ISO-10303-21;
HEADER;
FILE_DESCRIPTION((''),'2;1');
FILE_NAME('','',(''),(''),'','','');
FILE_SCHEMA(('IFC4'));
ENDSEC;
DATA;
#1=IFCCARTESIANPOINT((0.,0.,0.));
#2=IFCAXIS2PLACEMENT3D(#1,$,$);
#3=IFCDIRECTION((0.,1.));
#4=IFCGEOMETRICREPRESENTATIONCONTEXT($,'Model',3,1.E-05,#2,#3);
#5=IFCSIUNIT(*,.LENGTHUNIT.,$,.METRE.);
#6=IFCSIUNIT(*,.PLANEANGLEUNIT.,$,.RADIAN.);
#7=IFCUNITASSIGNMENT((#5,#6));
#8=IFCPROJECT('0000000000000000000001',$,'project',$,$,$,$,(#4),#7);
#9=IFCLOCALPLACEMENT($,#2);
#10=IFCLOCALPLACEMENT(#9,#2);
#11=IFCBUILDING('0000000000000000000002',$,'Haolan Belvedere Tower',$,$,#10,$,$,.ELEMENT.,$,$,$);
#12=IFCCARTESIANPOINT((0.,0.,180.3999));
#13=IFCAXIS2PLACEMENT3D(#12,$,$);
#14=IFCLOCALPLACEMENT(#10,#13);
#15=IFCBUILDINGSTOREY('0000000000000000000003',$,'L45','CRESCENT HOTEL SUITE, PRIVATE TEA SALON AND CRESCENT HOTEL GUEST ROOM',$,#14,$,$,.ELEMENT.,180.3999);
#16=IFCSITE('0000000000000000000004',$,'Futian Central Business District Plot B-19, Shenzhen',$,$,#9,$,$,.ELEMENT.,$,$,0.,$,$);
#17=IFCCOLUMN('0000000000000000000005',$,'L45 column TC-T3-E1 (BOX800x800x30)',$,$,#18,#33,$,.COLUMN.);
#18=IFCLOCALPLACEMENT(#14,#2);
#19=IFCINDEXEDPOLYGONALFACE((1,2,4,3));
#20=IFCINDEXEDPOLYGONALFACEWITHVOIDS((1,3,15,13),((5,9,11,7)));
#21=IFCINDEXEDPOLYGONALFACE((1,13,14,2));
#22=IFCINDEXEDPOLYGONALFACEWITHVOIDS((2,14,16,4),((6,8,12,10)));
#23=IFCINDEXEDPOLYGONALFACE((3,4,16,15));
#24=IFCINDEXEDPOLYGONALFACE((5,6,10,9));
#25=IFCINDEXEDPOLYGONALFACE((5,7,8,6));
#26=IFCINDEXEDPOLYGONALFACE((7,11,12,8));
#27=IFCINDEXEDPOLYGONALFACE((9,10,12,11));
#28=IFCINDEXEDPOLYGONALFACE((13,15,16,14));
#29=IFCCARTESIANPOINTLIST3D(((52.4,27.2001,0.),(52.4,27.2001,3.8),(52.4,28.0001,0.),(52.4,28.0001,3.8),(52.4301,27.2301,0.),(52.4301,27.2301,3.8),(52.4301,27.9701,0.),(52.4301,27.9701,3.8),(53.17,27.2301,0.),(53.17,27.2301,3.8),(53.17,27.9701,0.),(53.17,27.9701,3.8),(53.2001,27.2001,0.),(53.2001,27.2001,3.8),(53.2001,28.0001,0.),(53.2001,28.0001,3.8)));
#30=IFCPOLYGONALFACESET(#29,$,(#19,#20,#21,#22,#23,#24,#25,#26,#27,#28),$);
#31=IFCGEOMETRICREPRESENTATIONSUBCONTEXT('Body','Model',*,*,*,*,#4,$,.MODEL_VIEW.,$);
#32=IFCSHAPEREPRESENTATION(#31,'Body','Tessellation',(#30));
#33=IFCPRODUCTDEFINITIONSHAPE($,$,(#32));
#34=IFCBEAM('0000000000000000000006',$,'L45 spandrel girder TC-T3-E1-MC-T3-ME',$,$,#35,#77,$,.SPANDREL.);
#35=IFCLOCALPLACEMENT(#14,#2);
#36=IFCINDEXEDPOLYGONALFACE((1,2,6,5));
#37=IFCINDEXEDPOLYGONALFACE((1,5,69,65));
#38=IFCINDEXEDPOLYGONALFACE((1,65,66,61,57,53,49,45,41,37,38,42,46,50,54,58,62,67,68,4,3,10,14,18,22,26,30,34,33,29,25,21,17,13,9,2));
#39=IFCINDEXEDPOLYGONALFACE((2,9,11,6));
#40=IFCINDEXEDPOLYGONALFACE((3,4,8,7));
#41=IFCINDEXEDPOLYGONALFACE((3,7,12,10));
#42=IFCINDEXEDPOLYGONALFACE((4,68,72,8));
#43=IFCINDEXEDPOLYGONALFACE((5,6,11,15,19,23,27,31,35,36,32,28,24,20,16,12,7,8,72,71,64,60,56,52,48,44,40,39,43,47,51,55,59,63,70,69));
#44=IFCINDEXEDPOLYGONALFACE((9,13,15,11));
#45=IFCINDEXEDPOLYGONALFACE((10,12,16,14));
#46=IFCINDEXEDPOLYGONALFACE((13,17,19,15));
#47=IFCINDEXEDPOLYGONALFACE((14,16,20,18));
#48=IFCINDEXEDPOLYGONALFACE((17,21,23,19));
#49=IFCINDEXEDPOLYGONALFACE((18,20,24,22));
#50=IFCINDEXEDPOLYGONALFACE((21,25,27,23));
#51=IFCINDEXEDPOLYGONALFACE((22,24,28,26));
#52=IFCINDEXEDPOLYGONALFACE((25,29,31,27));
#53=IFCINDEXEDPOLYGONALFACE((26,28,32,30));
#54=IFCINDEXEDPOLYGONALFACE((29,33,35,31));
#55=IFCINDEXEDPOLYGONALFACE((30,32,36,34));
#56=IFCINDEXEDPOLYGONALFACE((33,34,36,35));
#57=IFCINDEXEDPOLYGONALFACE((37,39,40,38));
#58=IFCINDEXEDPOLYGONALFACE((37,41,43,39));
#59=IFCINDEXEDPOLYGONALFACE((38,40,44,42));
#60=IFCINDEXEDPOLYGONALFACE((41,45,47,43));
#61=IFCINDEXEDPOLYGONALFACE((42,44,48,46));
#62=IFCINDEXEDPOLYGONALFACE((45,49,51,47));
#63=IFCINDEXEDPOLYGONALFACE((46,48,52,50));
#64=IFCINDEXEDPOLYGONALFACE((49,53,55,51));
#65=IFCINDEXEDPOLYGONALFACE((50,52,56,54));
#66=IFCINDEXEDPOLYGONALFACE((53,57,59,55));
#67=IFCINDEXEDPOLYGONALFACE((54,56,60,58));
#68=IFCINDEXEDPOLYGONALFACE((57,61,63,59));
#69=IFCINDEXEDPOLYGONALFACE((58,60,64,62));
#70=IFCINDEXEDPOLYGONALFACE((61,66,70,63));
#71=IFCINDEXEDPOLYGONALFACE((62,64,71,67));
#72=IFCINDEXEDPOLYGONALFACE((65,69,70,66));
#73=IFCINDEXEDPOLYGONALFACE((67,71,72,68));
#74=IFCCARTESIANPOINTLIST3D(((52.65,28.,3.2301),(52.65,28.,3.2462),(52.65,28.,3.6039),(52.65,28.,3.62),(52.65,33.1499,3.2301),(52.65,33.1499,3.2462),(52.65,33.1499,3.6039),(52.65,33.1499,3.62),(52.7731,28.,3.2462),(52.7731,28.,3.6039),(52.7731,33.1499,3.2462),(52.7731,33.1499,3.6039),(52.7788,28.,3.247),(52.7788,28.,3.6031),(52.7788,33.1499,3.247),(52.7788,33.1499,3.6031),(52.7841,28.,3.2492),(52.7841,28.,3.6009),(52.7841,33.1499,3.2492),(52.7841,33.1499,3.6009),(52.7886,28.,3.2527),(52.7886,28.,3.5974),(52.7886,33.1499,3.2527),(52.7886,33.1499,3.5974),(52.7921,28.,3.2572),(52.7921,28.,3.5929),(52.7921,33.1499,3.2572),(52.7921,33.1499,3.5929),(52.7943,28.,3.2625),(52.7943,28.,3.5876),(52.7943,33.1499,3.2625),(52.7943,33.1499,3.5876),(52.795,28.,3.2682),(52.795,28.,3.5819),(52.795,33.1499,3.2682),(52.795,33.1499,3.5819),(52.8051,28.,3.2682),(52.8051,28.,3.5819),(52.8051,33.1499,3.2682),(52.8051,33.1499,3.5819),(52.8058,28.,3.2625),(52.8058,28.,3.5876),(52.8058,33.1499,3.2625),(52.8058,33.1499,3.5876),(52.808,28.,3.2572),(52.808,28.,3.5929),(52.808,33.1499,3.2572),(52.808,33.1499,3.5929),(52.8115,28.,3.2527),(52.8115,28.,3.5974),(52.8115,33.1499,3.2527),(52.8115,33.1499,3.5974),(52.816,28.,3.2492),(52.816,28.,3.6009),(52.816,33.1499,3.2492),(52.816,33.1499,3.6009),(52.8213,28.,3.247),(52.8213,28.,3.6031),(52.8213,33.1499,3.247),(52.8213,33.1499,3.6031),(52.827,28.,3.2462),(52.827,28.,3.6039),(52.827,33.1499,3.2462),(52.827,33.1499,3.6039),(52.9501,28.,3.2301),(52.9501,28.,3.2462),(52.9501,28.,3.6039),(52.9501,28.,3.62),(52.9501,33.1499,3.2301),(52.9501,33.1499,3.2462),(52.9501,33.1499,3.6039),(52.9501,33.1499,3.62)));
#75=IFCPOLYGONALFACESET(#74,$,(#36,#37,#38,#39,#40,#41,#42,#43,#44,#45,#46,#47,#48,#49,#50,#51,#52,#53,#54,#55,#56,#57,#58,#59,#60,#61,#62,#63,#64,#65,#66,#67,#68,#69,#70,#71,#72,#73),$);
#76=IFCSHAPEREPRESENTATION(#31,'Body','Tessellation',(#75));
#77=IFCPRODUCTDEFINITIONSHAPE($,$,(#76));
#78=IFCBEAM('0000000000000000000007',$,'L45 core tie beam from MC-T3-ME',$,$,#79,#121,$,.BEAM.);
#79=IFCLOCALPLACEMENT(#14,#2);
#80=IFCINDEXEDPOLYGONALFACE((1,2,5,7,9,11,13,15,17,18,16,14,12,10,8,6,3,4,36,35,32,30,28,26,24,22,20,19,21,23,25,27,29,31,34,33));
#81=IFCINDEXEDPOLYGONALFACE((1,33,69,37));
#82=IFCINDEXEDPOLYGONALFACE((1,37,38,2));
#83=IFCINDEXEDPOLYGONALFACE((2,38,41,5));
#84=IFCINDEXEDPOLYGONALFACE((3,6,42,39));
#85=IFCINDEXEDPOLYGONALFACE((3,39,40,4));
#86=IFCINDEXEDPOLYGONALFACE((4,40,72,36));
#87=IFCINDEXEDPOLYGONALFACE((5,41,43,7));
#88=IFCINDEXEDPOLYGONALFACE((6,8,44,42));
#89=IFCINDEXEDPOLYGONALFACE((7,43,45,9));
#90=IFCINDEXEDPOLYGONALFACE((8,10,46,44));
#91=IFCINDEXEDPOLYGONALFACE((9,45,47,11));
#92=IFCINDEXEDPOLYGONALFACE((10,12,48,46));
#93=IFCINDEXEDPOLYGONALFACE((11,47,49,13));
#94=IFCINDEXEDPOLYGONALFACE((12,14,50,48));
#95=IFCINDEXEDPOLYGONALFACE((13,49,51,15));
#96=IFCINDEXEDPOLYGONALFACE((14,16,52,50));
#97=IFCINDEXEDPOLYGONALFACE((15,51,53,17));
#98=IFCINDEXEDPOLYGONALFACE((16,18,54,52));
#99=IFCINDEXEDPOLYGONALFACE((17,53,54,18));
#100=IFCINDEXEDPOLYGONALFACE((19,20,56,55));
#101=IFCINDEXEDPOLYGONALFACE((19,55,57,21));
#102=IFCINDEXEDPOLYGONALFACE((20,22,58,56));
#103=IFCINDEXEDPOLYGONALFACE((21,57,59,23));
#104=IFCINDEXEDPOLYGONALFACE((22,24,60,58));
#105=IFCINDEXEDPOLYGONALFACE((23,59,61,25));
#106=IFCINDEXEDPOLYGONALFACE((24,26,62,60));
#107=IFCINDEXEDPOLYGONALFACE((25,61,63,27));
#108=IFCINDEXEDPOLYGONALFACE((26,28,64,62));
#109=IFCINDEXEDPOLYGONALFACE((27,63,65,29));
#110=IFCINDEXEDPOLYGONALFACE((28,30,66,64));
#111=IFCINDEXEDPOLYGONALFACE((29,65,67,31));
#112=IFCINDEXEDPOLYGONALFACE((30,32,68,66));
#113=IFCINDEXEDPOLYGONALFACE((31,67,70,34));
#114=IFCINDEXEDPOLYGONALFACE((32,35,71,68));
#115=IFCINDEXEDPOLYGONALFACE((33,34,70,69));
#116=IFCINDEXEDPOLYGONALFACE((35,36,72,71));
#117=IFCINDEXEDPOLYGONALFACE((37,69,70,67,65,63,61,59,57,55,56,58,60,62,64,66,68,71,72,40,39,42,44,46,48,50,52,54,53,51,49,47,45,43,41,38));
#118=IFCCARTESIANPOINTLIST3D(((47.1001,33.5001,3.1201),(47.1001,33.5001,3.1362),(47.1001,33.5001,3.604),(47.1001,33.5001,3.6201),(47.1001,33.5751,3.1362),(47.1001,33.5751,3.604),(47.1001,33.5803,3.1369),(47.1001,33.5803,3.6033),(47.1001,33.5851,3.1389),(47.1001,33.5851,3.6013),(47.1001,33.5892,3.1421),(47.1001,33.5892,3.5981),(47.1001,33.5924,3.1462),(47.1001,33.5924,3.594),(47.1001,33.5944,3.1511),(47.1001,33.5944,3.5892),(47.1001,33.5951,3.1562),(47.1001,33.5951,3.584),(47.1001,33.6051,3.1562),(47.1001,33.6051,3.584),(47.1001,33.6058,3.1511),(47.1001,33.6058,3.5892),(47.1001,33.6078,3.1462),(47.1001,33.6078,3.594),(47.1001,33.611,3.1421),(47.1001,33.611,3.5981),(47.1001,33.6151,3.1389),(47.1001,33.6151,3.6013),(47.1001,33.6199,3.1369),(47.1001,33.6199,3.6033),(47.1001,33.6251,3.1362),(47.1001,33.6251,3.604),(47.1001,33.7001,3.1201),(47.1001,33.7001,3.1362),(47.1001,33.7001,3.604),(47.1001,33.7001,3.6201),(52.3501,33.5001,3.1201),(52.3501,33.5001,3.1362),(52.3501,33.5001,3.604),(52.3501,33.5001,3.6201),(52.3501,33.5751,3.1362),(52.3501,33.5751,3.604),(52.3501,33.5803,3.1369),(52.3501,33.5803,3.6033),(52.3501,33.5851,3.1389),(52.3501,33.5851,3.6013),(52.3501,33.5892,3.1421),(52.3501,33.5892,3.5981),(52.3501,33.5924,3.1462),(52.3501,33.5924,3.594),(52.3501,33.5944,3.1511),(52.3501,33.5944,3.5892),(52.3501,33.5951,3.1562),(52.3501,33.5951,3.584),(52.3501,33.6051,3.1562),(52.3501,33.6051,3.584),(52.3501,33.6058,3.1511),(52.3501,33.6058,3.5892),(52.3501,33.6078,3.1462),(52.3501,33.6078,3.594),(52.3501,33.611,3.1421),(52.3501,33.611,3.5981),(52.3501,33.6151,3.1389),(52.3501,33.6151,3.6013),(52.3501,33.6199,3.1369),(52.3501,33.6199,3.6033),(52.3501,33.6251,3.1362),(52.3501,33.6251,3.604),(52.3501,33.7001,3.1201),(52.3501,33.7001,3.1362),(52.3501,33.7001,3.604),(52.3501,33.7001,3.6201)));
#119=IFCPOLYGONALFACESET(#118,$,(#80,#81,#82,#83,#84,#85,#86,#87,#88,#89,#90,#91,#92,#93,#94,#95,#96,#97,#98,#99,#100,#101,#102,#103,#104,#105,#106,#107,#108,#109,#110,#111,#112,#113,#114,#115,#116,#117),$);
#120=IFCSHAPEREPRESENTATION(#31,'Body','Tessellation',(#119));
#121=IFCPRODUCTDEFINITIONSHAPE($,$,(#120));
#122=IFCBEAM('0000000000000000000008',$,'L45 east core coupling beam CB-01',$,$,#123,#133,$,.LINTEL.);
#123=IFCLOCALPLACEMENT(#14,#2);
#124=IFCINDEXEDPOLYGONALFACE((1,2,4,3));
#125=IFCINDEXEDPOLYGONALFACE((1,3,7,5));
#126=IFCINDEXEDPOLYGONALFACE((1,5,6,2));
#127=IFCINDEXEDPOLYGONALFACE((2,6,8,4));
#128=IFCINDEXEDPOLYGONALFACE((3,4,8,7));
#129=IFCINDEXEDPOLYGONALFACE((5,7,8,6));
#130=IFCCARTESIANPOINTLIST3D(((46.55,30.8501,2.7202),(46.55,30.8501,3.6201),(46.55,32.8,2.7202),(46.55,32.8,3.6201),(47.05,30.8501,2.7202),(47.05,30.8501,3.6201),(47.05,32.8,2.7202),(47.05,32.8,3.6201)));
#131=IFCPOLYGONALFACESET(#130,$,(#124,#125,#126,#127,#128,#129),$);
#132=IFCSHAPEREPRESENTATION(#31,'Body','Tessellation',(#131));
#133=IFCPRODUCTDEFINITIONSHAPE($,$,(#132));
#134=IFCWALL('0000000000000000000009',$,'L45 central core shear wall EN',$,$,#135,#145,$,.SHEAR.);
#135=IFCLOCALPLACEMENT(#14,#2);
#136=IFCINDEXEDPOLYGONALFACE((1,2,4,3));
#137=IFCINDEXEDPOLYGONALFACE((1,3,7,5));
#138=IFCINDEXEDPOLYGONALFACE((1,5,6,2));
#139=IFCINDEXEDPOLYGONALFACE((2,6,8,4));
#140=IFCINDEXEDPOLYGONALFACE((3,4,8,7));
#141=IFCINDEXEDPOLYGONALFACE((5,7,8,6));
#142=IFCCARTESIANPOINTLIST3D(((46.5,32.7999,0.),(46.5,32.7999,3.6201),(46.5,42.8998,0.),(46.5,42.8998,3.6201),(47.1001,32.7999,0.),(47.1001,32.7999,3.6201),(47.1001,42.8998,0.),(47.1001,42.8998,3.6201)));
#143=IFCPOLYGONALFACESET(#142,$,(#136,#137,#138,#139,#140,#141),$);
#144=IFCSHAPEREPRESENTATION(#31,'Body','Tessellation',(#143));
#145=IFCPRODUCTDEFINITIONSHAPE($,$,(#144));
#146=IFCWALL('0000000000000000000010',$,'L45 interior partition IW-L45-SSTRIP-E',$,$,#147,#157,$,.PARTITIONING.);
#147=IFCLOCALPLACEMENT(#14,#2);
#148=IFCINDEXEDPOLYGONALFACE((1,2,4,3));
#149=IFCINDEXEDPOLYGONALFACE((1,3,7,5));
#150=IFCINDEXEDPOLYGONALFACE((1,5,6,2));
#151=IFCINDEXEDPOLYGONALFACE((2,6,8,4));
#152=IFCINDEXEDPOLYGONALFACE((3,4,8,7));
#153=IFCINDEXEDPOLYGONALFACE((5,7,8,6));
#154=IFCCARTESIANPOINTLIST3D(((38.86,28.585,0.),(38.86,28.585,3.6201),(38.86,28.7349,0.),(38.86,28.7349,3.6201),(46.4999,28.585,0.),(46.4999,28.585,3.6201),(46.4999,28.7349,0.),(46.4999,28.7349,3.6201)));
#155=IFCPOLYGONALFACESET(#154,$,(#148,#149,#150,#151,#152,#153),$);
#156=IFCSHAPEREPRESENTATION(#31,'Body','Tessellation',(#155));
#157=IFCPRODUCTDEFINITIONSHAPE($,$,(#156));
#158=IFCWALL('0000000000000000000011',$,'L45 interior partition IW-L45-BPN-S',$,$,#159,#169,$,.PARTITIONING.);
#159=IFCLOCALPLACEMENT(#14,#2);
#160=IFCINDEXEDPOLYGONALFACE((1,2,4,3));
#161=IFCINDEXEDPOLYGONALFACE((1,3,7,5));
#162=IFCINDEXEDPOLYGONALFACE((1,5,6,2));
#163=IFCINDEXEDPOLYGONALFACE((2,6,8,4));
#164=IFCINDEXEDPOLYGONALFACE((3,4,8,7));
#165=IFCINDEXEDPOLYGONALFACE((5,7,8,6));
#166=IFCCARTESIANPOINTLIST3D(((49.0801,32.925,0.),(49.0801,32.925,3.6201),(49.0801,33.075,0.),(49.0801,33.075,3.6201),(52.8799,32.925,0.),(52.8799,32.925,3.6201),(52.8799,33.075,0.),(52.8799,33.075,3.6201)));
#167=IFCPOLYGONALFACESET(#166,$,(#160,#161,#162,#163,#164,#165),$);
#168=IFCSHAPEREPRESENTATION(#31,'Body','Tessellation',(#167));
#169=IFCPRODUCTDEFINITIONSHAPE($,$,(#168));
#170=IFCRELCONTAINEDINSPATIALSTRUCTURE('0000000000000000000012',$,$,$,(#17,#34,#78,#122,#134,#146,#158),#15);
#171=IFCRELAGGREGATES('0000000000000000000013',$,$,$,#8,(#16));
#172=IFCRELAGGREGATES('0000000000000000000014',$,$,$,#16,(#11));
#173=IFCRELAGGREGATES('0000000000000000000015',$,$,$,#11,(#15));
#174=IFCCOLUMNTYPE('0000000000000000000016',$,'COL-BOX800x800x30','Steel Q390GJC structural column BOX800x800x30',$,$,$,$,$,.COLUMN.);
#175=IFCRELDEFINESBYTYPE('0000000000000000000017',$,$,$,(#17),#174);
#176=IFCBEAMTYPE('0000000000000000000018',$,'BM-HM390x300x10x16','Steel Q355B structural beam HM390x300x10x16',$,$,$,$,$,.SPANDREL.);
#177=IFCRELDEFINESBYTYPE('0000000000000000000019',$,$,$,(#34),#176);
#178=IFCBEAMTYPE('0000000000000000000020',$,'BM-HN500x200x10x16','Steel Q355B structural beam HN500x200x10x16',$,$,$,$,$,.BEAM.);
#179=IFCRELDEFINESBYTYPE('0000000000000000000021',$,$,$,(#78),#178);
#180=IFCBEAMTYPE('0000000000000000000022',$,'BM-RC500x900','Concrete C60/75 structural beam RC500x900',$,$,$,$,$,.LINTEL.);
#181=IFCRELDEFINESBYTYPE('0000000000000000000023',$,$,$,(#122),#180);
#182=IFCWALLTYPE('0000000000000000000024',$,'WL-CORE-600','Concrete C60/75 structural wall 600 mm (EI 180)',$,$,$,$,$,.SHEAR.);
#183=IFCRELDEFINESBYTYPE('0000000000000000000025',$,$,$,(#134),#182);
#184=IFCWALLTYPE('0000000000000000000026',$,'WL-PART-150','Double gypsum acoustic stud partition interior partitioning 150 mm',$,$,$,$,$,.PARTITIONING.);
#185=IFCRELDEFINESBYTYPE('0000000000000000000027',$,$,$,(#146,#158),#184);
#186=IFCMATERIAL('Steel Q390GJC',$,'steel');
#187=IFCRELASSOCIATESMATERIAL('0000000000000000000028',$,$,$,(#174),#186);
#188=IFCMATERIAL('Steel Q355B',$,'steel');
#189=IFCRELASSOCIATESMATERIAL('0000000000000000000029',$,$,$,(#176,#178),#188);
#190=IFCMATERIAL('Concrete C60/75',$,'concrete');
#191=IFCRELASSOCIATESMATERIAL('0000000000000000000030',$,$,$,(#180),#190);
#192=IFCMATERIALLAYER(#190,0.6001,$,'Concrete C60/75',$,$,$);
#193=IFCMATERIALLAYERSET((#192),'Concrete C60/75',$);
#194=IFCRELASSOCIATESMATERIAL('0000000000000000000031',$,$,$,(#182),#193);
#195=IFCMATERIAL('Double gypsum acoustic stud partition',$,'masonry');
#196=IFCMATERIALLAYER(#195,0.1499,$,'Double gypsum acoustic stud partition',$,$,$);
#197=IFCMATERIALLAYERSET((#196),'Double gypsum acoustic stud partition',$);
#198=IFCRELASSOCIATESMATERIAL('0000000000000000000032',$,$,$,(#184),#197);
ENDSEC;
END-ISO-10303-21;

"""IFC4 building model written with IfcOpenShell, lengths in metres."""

from ifc_helpers import new_model, si_unit, direction, frame, frame_2d, origin, origin_2d, place, context, subcontext, project, spatial, rectangle, hollow_rectangle, i_section, extrude, material, layer, layer_set, material_profile, profile_set, type_object, element, save


model = new_model("IFC4")

# Units and contexts
model_context = context("Model", 3, precision=1e-05, world=origin(), true_north=direction((0.0, 1.0)))
body_context = subcontext(model_context, "Body", "Model", "MODEL_VIEW")
ifc_project = project(units=[si_unit("LENGTHUNIT", "METRE"), si_unit("PLANEANGLEUNIT", "RADIAN")], contexts=[model_context])

# Site, building, storey
site_placement = place(None, origin())
site = spatial("IfcSite", under=ifc_project, at=site_placement, Name="Futian Central Business District Plot B-19, Shenzhen", CompositionType="ELEMENT", RefElevation=0.0)
building_placement = place(site_placement, origin())
building = spatial("IfcBuilding", under=site, at=building_placement, Name="Haolan Belvedere Tower", CompositionType="ELEMENT")
storey_placement = place(building_placement, frame((0.0, 0.0, 180.3999)))
storey = spatial("IfcBuildingStorey", under=building, at=storey_placement, Name="L45", Description="CRESCENT HOTEL SUITE, PRIVATE TEA SALON AND CRESCENT HOTEL GUEST ROOM", CompositionType="ELEMENT", Elevation=180.3999)

# Column
ifc_material_1 = material(Name="Steel Q390GJC", Category="steel")
ifc_material_profile_1 = material_profile(ifc_material_1, hollow_rectangle(XDim=0.8, YDim=0.8, WallThickness=0.03, at=origin_2d()), Name="Steel Q390GJC")
ifc_profile_set_1 = profile_set([ifc_material_profile_1], Name="Steel Q390GJC")
column_type = type_object("IfcColumnType", Name="COL-BOX800x800x30", Description="Steel Q390GJC structural column BOX800x800x30", PredefinedType="COLUMN", material=ifc_profile_set_1)
column_placement = place(storey_placement, frame((52.8, 27.6001, 0.0), z_axis=(0.0, 0.0, 1.0), x_axis=(1.0, 0.0, 0.0)))
element("IfcColumn", 1, at=column_placement, inside=storey, type_object=column_type, Name="L45 column TC-T3-E1 (BOX800x800x30)", PredefinedType="COLUMN", context=body_context, shape_type="SweptSolid", body=[
    extrude(hollow_rectangle(XDim=0.8, YDim=0.8, WallThickness=0.03, at=origin_2d()), origin(), (0.0, 0.0, 1.0), 3.8),
])

# Beams
ifc_material_2 = material(Name="Steel Q355B", Category="steel")
ifc_material_profile_2 = material_profile(ifc_material_2, i_section(OverallWidth=0.3, OverallDepth=0.3899, WebThickness=0.01, FlangeThickness=0.0161, FilletRadius=0.022, at=origin_2d()), Name="Steel Q355B")
ifc_profile_set_2 = profile_set([ifc_material_profile_2], Name="Steel Q355B")
beam_type_1 = type_object("IfcBeamType", Name="BM-HM390x300x10x16", Description="Steel Q355B structural beam HM390x300x10x16", PredefinedType="SPANDREL", material=ifc_profile_set_2)
beam_1_placement = place(storey_placement, frame((52.8, 28.0, 3.425), z_axis=(0.0, 1.0, 0.0), x_axis=(-1.0, 0.0, 0.0)))
element("IfcBeam", 2, at=beam_1_placement, inside=storey, type_object=beam_type_1, Name="L45 spandrel girder TC-T3-E1-MC-T3-ME", PredefinedType="SPANDREL", context=body_context, shape_type="SweptSolid", body=[
    extrude(i_section(OverallWidth=0.3, OverallDepth=0.3899, WebThickness=0.01, FlangeThickness=0.0161, FilletRadius=0.022, at=origin_2d()), origin(), (0.0, 0.0, 1.0), 5.1499),
])
ifc_material_profile_3 = material_profile(ifc_material_2, i_section(OverallWidth=0.2, OverallDepth=0.5, WebThickness=0.01, FlangeThickness=0.0161, FilletRadius=0.02, at=origin_2d()), Name="Steel Q355B")
ifc_profile_set_3 = profile_set([ifc_material_profile_3], Name="Steel Q355B")
beam_type_2 = type_object("IfcBeamType", Name="BM-HN500x200x10x16", Description="Steel Q355B structural beam HN500x200x10x16", PredefinedType="BEAM", material=ifc_profile_set_3)
beam_2_placement = place(storey_placement, frame((52.3501, 33.6001, 3.3701), z_axis=(-1.0, 0.0, 0.0), x_axis=(0.0, -1.0, 0.0)))
element("IfcBeam", 3, at=beam_2_placement, inside=storey, type_object=beam_type_2, Name="L45 core tie beam from MC-T3-ME", PredefinedType="BEAM", context=body_context, shape_type="SweptSolid", body=[
    extrude(i_section(OverallWidth=0.2, OverallDepth=0.5, WebThickness=0.01, FlangeThickness=0.0161, FilletRadius=0.02, at=origin_2d()), origin(), (0.0, 0.0, 1.0), 5.25),
])
ifc_material_3 = material(Name="Concrete C60/75", Category="concrete")
ifc_material_profile_4 = material_profile(ifc_material_3, rectangle(XDim=0.5, YDim=0.8999, at=origin_2d()), Name="Concrete C60/75")
ifc_profile_set_4 = profile_set([ifc_material_profile_4], Name="Concrete C60/75")
beam_type_3 = type_object("IfcBeamType", Name="BM-RC500x900", Description="Concrete C60/75 structural beam RC500x900", PredefinedType="LINTEL", material=ifc_profile_set_4)
beam_3_placement = place(storey_placement, frame((46.8, 30.8501, 3.1702), z_axis=(0.0, 1.0, 0.0), x_axis=(-1.0, 0.0, 0.0)))
element("IfcBeam", 4, at=beam_3_placement, inside=storey, type_object=beam_type_3, Name="L45 east core coupling beam CB-01", PredefinedType="LINTEL", context=body_context, shape_type="SweptSolid", body=[
    extrude(rectangle(XDim=0.5, YDim=0.8999, at=origin_2d()), origin(), (0.0, 0.0, 1.0), 1.95),
])

# Walls
ifc_layer_1 = layer(ifc_material_3, 0.6001, Name="Concrete C60/75")
ifc_layer_set_1 = layer_set([ifc_layer_1], Name="Concrete C60/75")
wall_type_1 = type_object("IfcWallType", Name="WL-CORE-600", Description="Concrete C60/75 structural wall 600 mm (EI 180)", PredefinedType="SHEAR", material=ifc_layer_set_1)
wall_1_placement = place(storey_placement, frame((46.8, 32.8, 0.0), z_axis=(0.0, 0.0, 1.0), x_axis=(0.0, 1.0, 0.0)))
element("IfcWall", 5, at=wall_1_placement, inside=storey, type_object=wall_type_1, Name="L45 central core shear wall EN", PredefinedType="SHEAR", context=body_context, shape_type="SweptSolid", body=[
    extrude(rectangle(XDim=10.0999, YDim=0.6001, at=frame_2d((5.0498, 0.0))), origin(), (0.0, 0.0, 1.0), 3.6201),
])
ifc_material_4 = material(Name="Double gypsum acoustic stud partition", Category="masonry")
ifc_layer_2 = layer(ifc_material_4, 0.1499, Name="Double gypsum acoustic stud partition")
ifc_layer_set_2 = layer_set([ifc_layer_2], Name="Double gypsum acoustic stud partition")
wall_type_2 = type_object("IfcWallType", Name="WL-PART-150", Description="Double gypsum acoustic stud partition interior partitioning 150 mm", PredefinedType="PARTITIONING", material=ifc_layer_set_2)
wall_2_placement = place(storey_placement, frame((38.8601, 28.6599, 0.0), z_axis=(0.0, 0.0, 1.0), x_axis=(1.0, 0.0, 0.0)))
element("IfcWall", 6, at=wall_2_placement, inside=storey, type_object=wall_type_2, Name="L45 interior partition IW-L45-SSTRIP-E", PredefinedType="PARTITIONING", context=body_context, shape_type="SweptSolid", body=[
    extrude(rectangle(XDim=7.6399, YDim=0.1499, at=frame_2d((3.8198, 0.0))), origin(), (0.0, 0.0, 1.0), 3.6201),
])
wall_3_placement = place(storey_placement, frame((49.0801, 33.0, 0.0), z_axis=(0.0, 0.0, 1.0), x_axis=(1.0, 0.0, 0.0)))
element("IfcWall", 7, at=wall_3_placement, inside=storey, type_object=wall_type_2, Name="L45 interior partition IW-L45-BPN-S", PredefinedType="PARTITIONING", context=body_context, shape_type="SweptSolid", body=[
    extrude(rectangle(XDim=3.7998, YDim=0.1499, at=frame_2d((1.8999, 0.0))), origin(), (0.0, 0.0, 1.0), 3.6201),
])

save(model, "model.ifc")
